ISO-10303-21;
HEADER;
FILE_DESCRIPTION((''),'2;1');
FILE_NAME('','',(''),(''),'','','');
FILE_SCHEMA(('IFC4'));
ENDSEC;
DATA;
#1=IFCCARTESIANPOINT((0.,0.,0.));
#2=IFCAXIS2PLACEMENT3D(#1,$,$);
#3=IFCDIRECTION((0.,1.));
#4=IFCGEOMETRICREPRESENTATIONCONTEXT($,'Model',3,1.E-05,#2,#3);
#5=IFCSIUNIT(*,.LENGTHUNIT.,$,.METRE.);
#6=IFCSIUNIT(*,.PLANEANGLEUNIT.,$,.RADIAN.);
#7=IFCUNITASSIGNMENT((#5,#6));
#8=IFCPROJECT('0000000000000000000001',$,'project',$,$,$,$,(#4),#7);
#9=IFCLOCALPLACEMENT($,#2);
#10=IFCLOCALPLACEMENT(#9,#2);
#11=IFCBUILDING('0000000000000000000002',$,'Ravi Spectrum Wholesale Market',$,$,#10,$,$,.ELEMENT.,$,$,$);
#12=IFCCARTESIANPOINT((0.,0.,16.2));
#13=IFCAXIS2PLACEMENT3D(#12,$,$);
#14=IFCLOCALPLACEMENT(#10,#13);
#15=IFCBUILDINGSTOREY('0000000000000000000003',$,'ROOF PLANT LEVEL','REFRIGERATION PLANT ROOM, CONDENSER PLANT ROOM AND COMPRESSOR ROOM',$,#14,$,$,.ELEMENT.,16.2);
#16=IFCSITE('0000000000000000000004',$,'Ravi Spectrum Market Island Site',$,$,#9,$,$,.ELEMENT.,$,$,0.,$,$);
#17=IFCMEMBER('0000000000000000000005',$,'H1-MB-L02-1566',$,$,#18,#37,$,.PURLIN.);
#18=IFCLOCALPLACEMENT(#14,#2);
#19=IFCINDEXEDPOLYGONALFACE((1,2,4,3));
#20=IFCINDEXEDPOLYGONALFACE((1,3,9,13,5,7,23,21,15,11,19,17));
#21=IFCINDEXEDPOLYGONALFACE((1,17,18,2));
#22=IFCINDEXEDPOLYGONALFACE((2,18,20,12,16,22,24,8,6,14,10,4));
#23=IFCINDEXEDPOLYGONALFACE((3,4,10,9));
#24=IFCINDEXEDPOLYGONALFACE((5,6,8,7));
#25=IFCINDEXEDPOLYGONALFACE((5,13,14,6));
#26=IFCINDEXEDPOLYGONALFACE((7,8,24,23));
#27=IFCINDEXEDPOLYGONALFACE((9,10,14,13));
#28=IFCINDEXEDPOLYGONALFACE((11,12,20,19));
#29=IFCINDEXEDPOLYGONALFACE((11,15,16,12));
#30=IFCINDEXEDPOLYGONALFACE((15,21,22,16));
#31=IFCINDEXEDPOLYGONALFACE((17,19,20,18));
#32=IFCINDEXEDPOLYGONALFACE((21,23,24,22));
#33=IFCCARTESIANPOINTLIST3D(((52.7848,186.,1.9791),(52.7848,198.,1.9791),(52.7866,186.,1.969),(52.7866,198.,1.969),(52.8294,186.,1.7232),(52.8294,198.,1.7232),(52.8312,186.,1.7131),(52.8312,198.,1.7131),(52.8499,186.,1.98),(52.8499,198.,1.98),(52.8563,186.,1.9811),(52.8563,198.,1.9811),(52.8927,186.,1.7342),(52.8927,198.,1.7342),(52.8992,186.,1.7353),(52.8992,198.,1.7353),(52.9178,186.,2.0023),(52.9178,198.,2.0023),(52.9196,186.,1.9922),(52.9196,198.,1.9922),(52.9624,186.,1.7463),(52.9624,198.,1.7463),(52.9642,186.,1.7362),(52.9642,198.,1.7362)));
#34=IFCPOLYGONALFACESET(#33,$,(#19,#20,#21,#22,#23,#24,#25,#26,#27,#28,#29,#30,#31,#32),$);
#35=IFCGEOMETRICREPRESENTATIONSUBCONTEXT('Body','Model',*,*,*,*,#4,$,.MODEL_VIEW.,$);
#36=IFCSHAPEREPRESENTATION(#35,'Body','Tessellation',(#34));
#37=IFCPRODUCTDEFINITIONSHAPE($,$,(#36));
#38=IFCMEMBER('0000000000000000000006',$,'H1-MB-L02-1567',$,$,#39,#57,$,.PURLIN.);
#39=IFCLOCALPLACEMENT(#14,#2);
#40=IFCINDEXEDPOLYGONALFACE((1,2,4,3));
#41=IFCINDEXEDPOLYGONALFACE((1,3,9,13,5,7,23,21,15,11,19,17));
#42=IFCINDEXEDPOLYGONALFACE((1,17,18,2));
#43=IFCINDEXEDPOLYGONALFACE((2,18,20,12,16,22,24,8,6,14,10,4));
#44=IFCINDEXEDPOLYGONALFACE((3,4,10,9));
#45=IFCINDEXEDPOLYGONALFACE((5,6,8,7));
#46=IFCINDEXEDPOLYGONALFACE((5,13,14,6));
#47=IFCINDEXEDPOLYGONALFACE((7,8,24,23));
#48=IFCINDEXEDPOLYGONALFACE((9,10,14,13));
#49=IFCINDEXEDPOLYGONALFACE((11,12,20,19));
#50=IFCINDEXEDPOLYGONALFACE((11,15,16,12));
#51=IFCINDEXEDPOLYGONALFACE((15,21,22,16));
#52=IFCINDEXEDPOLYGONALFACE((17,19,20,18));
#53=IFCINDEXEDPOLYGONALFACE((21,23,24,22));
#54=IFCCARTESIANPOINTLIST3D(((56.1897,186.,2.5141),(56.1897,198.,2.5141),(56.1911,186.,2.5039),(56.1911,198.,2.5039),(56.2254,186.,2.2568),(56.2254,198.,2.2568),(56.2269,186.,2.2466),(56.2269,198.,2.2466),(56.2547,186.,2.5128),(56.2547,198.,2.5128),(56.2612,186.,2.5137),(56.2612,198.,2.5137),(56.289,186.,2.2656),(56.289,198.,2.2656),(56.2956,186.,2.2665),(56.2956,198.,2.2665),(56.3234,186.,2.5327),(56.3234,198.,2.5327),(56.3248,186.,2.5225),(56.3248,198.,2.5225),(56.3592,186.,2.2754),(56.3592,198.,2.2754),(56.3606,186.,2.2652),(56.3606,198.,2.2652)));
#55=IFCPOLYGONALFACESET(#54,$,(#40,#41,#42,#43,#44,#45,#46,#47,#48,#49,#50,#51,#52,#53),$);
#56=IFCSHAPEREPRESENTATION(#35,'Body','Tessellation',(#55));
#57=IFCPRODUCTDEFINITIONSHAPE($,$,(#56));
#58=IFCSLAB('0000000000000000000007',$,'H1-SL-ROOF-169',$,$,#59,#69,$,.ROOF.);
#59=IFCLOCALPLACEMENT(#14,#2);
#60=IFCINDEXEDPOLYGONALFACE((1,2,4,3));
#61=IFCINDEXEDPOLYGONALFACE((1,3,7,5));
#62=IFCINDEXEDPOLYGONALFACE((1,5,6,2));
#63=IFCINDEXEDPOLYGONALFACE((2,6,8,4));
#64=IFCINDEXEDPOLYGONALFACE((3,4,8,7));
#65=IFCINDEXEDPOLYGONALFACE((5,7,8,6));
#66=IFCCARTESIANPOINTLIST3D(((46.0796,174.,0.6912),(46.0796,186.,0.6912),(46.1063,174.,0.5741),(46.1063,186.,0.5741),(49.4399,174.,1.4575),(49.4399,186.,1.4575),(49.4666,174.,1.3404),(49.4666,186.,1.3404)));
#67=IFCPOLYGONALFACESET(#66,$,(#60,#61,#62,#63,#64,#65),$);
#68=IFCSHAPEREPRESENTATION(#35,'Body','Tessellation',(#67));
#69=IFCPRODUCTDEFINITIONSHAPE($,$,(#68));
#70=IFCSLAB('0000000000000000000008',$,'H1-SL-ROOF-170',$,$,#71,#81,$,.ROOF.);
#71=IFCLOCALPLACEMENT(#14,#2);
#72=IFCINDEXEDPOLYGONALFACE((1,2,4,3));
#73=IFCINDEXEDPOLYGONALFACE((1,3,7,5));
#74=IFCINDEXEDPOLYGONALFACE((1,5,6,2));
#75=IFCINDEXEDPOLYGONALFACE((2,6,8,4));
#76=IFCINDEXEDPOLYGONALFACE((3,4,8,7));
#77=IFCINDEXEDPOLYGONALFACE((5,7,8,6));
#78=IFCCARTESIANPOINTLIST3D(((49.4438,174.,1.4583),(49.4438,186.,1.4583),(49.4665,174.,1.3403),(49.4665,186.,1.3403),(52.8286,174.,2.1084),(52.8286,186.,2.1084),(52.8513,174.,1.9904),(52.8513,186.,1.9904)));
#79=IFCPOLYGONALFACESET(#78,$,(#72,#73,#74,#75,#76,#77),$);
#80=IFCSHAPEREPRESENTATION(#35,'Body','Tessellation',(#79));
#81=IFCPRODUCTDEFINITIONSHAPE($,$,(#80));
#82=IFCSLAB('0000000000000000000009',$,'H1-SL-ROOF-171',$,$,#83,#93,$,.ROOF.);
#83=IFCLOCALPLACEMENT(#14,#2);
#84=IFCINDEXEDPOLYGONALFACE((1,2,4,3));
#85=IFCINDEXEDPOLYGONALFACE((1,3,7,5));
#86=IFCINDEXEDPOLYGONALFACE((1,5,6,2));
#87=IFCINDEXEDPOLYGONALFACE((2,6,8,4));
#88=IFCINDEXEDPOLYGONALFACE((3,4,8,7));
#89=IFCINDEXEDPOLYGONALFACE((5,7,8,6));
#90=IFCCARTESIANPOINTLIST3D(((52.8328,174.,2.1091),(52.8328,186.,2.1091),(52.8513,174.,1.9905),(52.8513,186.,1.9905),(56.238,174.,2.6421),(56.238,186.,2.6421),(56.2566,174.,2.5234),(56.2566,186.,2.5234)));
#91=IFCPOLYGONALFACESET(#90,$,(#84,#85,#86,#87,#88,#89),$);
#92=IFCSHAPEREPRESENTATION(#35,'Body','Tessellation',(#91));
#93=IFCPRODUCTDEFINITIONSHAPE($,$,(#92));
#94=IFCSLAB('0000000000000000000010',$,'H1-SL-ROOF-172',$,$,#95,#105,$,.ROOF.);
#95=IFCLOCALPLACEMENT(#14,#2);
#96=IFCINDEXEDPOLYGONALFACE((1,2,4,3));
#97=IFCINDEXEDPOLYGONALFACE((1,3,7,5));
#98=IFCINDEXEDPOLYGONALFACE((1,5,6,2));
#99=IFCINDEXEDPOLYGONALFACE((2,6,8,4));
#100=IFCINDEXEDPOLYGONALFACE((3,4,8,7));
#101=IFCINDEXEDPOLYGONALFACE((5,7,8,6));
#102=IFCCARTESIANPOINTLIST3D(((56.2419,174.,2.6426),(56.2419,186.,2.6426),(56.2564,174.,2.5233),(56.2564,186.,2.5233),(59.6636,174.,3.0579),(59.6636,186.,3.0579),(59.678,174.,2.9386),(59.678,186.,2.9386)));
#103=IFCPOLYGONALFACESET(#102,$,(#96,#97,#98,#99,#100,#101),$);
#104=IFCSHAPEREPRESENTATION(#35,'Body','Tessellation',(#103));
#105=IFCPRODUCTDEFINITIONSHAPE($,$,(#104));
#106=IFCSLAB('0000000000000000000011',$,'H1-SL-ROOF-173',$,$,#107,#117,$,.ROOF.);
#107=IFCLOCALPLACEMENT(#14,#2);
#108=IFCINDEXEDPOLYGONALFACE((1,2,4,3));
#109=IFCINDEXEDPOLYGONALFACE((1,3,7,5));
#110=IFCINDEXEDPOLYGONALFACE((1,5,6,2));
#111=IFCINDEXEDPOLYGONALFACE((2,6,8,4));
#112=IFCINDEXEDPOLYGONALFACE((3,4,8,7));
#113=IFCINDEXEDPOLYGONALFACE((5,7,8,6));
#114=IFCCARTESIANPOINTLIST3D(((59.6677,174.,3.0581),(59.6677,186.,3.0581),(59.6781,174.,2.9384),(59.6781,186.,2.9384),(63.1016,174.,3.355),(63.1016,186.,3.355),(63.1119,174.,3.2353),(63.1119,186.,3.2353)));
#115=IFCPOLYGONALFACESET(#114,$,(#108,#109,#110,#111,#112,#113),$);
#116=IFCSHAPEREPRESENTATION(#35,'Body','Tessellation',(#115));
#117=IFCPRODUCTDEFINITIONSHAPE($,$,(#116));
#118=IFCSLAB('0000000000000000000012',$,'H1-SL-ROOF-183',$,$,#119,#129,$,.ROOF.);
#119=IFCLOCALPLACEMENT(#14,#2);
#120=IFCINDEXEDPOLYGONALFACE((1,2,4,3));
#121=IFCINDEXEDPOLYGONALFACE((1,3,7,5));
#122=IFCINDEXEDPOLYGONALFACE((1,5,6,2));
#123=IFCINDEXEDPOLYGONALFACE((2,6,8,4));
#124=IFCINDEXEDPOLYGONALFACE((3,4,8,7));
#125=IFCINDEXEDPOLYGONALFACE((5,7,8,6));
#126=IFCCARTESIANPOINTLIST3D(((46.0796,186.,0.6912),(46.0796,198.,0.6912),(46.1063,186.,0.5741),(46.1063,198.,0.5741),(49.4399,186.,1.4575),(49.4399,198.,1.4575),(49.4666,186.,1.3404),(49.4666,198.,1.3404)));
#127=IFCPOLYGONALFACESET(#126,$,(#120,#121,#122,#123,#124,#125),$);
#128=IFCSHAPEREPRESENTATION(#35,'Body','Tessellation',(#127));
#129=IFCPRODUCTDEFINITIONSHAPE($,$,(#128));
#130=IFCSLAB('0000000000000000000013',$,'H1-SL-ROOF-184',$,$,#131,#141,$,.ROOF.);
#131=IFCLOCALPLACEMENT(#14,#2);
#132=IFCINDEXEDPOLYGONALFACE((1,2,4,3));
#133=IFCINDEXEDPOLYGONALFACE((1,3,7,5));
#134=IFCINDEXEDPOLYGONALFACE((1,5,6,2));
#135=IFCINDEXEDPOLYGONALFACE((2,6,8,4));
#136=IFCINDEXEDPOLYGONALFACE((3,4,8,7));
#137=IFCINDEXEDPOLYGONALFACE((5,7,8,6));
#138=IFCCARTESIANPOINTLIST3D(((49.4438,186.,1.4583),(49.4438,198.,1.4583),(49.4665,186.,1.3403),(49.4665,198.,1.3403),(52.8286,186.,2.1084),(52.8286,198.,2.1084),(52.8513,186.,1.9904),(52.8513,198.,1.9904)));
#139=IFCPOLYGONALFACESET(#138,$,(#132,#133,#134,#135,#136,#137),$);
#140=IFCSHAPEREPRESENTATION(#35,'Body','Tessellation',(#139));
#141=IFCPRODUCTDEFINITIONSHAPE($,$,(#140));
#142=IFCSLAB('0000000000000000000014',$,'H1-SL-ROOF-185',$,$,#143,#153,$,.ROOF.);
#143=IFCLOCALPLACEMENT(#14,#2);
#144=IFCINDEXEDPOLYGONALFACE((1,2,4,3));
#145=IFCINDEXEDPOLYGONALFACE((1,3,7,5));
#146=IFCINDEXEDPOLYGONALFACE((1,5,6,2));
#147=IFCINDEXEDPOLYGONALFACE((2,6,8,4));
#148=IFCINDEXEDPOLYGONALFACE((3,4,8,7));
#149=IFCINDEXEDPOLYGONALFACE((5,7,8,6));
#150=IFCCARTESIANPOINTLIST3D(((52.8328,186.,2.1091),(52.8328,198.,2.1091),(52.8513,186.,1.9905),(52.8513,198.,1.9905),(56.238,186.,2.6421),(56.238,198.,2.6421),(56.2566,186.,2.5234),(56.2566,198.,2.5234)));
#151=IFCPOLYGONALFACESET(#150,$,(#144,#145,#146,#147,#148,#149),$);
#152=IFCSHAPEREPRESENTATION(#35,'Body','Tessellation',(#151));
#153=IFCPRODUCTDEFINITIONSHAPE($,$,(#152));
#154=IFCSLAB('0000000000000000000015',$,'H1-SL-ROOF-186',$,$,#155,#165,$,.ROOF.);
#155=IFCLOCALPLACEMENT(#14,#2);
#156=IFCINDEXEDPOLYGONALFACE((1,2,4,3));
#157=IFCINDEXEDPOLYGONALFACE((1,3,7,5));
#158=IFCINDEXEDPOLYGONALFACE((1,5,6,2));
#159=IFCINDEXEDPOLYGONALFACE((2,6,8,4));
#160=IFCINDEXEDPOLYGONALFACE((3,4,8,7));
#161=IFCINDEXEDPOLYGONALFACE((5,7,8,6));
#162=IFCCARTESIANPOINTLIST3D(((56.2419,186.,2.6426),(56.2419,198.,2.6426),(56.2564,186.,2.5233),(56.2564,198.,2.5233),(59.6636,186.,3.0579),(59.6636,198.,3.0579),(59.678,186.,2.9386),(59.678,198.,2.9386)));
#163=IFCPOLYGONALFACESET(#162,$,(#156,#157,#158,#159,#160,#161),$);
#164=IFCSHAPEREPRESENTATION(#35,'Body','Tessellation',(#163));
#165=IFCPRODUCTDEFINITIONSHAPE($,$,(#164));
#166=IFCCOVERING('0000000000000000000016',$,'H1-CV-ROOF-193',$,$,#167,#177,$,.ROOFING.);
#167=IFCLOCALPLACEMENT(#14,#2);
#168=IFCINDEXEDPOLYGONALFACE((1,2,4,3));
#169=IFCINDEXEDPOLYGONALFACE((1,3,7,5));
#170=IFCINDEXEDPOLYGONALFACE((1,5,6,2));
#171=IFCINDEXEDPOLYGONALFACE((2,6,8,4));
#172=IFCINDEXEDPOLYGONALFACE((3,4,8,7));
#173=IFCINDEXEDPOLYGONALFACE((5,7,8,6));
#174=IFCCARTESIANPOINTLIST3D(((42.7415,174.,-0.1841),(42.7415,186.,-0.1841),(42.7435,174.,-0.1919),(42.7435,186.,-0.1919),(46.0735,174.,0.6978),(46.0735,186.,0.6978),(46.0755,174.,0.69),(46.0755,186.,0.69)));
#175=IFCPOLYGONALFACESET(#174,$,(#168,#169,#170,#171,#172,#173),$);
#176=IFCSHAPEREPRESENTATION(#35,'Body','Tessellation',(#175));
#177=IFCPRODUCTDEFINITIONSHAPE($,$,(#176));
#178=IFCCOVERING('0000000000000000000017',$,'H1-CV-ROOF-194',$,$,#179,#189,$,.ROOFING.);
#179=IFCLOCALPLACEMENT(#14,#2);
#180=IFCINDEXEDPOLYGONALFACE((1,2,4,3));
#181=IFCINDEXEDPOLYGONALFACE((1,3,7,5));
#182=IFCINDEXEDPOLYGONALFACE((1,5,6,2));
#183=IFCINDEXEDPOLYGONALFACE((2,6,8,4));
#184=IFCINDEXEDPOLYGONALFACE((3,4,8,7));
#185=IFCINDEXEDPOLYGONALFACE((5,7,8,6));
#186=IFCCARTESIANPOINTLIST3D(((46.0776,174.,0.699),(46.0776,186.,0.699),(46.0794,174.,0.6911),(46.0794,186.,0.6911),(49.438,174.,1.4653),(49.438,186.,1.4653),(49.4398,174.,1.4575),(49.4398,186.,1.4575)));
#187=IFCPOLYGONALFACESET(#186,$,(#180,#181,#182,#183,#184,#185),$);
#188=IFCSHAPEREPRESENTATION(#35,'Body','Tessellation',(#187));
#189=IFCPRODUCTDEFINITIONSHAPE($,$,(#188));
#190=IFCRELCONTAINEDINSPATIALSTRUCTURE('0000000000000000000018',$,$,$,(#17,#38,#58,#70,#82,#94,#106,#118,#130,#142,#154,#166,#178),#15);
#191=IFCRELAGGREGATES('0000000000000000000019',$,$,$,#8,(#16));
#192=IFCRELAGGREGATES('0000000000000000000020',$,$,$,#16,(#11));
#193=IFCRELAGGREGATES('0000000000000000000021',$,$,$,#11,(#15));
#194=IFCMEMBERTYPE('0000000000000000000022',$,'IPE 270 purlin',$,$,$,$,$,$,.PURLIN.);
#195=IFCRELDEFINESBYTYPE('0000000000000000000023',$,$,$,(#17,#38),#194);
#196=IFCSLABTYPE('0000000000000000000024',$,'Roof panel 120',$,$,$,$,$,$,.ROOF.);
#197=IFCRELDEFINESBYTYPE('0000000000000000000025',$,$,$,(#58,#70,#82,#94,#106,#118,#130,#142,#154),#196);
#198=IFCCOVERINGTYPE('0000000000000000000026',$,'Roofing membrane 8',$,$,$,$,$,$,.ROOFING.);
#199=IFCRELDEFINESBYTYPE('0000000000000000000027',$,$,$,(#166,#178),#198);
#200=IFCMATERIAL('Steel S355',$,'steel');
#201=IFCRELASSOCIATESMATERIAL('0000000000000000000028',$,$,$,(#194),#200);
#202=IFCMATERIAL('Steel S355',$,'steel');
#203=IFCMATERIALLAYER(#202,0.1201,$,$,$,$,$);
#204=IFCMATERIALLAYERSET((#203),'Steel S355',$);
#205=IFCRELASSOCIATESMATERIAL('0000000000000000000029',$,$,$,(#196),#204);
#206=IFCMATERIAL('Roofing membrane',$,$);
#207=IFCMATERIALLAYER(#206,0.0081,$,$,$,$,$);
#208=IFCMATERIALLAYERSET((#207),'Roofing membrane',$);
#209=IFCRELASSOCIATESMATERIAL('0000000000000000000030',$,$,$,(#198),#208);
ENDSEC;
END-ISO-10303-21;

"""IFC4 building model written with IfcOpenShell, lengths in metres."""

from ifc_helpers import new_model, si_unit, direction, frame, origin, origin_2d, place, context, subcontext, project, spatial, polyline, i_section, outline, extrude, material, layer, layer_set, material_profile, profile_set, type_object, element, save


model = new_model("IFC4")

# Units and contexts
model_context = context("Model", 3, precision=1e-05, world=origin(), true_north=direction((0.0, 1.0)))
body_context = subcontext(model_context, "Body", "Model", "MODEL_VIEW")
ifc_project = project(units=[si_unit("LENGTHUNIT", "METRE"), si_unit("PLANEANGLEUNIT", "RADIAN")], contexts=[model_context])

# Site, building, storey
site_placement = place(None, origin())
site = spatial("IfcSite", under=ifc_project, at=site_placement, Name="Ravi Spectrum Market Island Site", CompositionType="ELEMENT", RefElevation=0.0)
building_placement = place(site_placement, origin())
building = spatial("IfcBuilding", under=site, at=building_placement, Name="Ravi Spectrum Wholesale Market", CompositionType="ELEMENT")
storey_placement = place(building_placement, frame((0.0, 0.0, 16.2)))
storey = spatial("IfcBuildingStorey", under=building, at=storey_placement, Name="ROOF PLANT LEVEL", Description="REFRIGERATION PLANT ROOM, CONDENSER PLANT ROOM AND COMPRESSOR ROOM", CompositionType="ELEMENT", Elevation=16.2)

# Members
ifc_material_1 = material(Name="Steel S355", Category="steel")
ifc_material_profile_1 = material_profile(ifc_material_1, i_section(OverallWidth=0.135, OverallDepth=0.27, WebThickness=0.0066, FlangeThickness=0.0103, at=origin_2d()))
ifc_profile_set_1 = profile_set([ifc_material_profile_1], Name="Steel S355")
member_type_1 = type_object("IfcMemberType", Name="IPE 270 purlin", PredefinedType="PURLIN", material=ifc_profile_set_1)
for number, where, z_axis, x_axis, name in (
    (1, (52.8745, 186.0, 1.8577), (0.0, 1.0, 0.0), (-0.98516, 0.0, -0.171639), "H1-MB-L02-1566"),
    (2, (56.2751, 186.0, 2.3896), (0.0, 1.0, 0.0), (-0.990494, 0.0, -0.137557), "H1-MB-L02-1567"),
):
    element("IfcMember", number, at=place(storey_placement, frame(where, z_axis=z_axis, x_axis=x_axis)), inside=storey, type_object=member_type_1, Name=name, PredefinedType="PURLIN", context=body_context, shape_type="SweptSolid", body=[
        extrude(i_section(OverallWidth=0.135, OverallDepth=0.27, WebThickness=0.0066, FlangeThickness=0.0103, at=origin_2d()), origin(), (0.0, 0.0, 1.0), 12.0),
    ])

# Slabs
ifc_material_2 = material(Name="Steel S355", Category="steel")
ifc_layer_1 = layer(ifc_material_2, 0.1201)
ifc_layer_set_1 = layer_set([ifc_layer_1], Name="Steel S355")
slab_type = type_object("IfcSlabType", Name="Roof panel 120", PredefinedType="ROOF", material=ifc_layer_set_1)
slab_1_placement = place(storey_placement, frame((46.0796, 174.0, 0.6912), z_axis=(-0.22235, 0.0, 0.974967), x_axis=(0.974967, 0.0, 0.22235)))
element("IfcSlab", 3, at=slab_1_placement, inside=storey, type_object=slab_type, Name="H1-SL-ROOF-169", PredefinedType="ROOF", context=body_context, shape_type="SweptSolid", body=[
    extrude(outline(polyline([(0.0, 0.0), (3.4466, 0.0), (3.4466, 12.0), (0.0, 12.0), (0.0, 0.0)])), origin(), (0.0, 0.0, -1.0), 0.1201),
])
slab_2_placement = place(storey_placement, frame((49.4438, 174.0, 1.4583), z_axis=(-0.188632, 0.0, 0.982048), x_axis=(0.982048, 0.0, 0.188632)))
element("IfcSlab", 4, at=slab_2_placement, inside=storey, type_object=slab_type, Name="H1-SL-ROOF-170", PredefinedType="ROOF", context=body_context, shape_type="SweptSolid", body=[
    extrude(outline(polyline([(0.0, 0.0), (3.4466, 0.0), (3.4466, 12.0), (0.0, 12.0), (0.0, 0.0)])), origin(), (0.0, 0.0, -1.0), 0.1201),
])
slab_3_placement = place(storey_placement, frame((52.8328, 174.0, 2.1091), z_axis=(-0.154628, 0.0, 0.987973), x_axis=(0.987973, 0.0, 0.154628)))
element("IfcSlab", 5, at=slab_3_placement, inside=storey, type_object=slab_type, Name="H1-SL-ROOF-171", PredefinedType="ROOF", context=body_context, shape_type="SweptSolid", body=[
    extrude(outline(polyline([(0.0, 0.0), (3.4467, 0.0), (3.4467, 12.0), (0.0, 12.0), (0.0, 0.0)])), origin(), (0.0, 0.0, -1.0), 0.1201),
])
slab_4_placement = place(storey_placement, frame((56.2419, 174.0, 2.6426), z_axis=(-0.120486, 0.0, 0.992715), x_axis=(0.992715, 0.0, 0.120486)))
element("IfcSlab", 6, at=slab_4_placement, inside=storey, type_object=slab_type, Name="H1-SL-ROOF-172", PredefinedType="ROOF", context=body_context, shape_type="SweptSolid", body=[
    extrude(outline(polyline([(0.0, 0.0), (3.4467, 0.0), (3.4467, 12.0), (0.0, 12.0), (0.0, 0.0)])), origin(), (0.0, 0.0, -1.0), 0.1201),
])
slab_5_placement = place(storey_placement, frame((59.6677, 174.0, 3.0581), z_axis=(-0.086134, 0.0, 0.996284), x_axis=(0.996284, 0.0, 0.086134)))
element("IfcSlab", 7, at=slab_5_placement, inside=storey, type_object=slab_type, Name="H1-SL-ROOF-173", PredefinedType="ROOF", context=body_context, shape_type="SweptSolid", body=[
    extrude(outline(polyline([(0.0, 0.0), (3.4466, 0.0), (3.4466, 12.0), (0.0, 12.0), (0.0, 0.0)])), origin(), (0.0, 0.0, -1.0), 0.1201),
])
slab_6_placement = place(storey_placement, frame((46.0796, 186.0, 0.6912), z_axis=(-0.22235, 0.0, 0.974967), x_axis=(0.974967, 0.0, 0.22235)))
element("IfcSlab", 8, at=slab_6_placement, inside=storey, type_object=slab_type, Name="H1-SL-ROOF-183", PredefinedType="ROOF", context=body_context, shape_type="SweptSolid", body=[
    extrude(outline(polyline([(0.0, 0.0), (3.4466, 0.0), (3.4466, 12.0), (0.0, 12.0), (0.0, 0.0)])), origin(), (0.0, 0.0, -1.0), 0.1201),
])
slab_7_placement = place(storey_placement, frame((49.4438, 186.0, 1.4583), z_axis=(-0.188632, 0.0, 0.982048), x_axis=(0.982048, 0.0, 0.188632)))
element("IfcSlab", 9, at=slab_7_placement, inside=storey, type_object=slab_type, Name="H1-SL-ROOF-184", PredefinedType="ROOF", context=body_context, shape_type="SweptSolid", body=[
    extrude(outline(polyline([(0.0, 0.0), (3.4466, 0.0), (3.4466, 12.0), (0.0, 12.0), (0.0, 0.0)])), origin(), (0.0, 0.0, -1.0), 0.1201),
])
slab_8_placement = place(storey_placement, frame((52.8328, 186.0, 2.1091), z_axis=(-0.154628, 0.0, 0.987973), x_axis=(0.987973, 0.0, 0.154628)))
element("IfcSlab", 10, at=slab_8_placement, inside=storey, type_object=slab_type, Name="H1-SL-ROOF-185", PredefinedType="ROOF", context=body_context, shape_type="SweptSolid", body=[
    extrude(outline(polyline([(0.0, 0.0), (3.4467, 0.0), (3.4467, 12.0), (0.0, 12.0), (0.0, 0.0)])), origin(), (0.0, 0.0, -1.0), 0.1201),
])
slab_9_placement = place(storey_placement, frame((56.2419, 186.0, 2.6426), z_axis=(-0.120486, 0.0, 0.992715), x_axis=(0.992715, 0.0, 0.120486)))
element("IfcSlab", 11, at=slab_9_placement, inside=storey, type_object=slab_type, Name="H1-SL-ROOF-186", PredefinedType="ROOF", context=body_context, shape_type="SweptSolid", body=[
    extrude(outline(polyline([(0.0, 0.0), (3.4467, 0.0), (3.4467, 12.0), (0.0, 12.0), (0.0, 0.0)])), origin(), (0.0, 0.0, -1.0), 0.1201),
])

# Coverings
ifc_material_3 = material(Name="Roofing membrane")
ifc_layer_2 = layer(ifc_material_3, 0.0081)
ifc_layer_set_2 = layer_set([ifc_layer_2], Name="Roofing membrane")
covering_type = type_object("IfcCoveringType", Name="Roofing membrane 8", PredefinedType="ROOFING", material=ifc_layer_set_2)
covering_1_placement = place(storey_placement, frame((42.7415, 174.0, -0.1841), z_axis=(-0.255846, 0.0, 0.966718), x_axis=(0.966718, 0.0, 0.255846)))
element("IfcCovering", 12, at=covering_1_placement, inside=storey, type_object=covering_type, Name="H1-CV-ROOF-193", PredefinedType="ROOFING", context=body_context, shape_type="SweptSolid", body=[
    extrude(outline(polyline([(0.0, 0.0), (3.4467, 0.0), (3.4467, 12.0), (0.0, 12.0), (0.0, 0.0)])), origin(), (0.0, 0.0, -1.0), 0.0081),
])
covering_2_placement = place(storey_placement, frame((46.0776, 174.0, 0.699), z_axis=(-0.22235, 0.0, 0.974967), x_axis=(0.974967, 0.0, 0.22235)))
element("IfcCovering", 13, at=covering_2_placement, inside=storey, type_object=covering_type, Name="H1-CV-ROOF-194", PredefinedType="ROOFING", context=body_context, shape_type="SweptSolid", body=[
    extrude(outline(polyline([(0.0, 0.0), (3.4466, 0.0), (3.4466, 12.0), (0.0, 12.0), (0.0, 0.0)])), origin(), (0.0, 0.0, -1.0), 0.0081),
])

save(model, "model.ifc")
